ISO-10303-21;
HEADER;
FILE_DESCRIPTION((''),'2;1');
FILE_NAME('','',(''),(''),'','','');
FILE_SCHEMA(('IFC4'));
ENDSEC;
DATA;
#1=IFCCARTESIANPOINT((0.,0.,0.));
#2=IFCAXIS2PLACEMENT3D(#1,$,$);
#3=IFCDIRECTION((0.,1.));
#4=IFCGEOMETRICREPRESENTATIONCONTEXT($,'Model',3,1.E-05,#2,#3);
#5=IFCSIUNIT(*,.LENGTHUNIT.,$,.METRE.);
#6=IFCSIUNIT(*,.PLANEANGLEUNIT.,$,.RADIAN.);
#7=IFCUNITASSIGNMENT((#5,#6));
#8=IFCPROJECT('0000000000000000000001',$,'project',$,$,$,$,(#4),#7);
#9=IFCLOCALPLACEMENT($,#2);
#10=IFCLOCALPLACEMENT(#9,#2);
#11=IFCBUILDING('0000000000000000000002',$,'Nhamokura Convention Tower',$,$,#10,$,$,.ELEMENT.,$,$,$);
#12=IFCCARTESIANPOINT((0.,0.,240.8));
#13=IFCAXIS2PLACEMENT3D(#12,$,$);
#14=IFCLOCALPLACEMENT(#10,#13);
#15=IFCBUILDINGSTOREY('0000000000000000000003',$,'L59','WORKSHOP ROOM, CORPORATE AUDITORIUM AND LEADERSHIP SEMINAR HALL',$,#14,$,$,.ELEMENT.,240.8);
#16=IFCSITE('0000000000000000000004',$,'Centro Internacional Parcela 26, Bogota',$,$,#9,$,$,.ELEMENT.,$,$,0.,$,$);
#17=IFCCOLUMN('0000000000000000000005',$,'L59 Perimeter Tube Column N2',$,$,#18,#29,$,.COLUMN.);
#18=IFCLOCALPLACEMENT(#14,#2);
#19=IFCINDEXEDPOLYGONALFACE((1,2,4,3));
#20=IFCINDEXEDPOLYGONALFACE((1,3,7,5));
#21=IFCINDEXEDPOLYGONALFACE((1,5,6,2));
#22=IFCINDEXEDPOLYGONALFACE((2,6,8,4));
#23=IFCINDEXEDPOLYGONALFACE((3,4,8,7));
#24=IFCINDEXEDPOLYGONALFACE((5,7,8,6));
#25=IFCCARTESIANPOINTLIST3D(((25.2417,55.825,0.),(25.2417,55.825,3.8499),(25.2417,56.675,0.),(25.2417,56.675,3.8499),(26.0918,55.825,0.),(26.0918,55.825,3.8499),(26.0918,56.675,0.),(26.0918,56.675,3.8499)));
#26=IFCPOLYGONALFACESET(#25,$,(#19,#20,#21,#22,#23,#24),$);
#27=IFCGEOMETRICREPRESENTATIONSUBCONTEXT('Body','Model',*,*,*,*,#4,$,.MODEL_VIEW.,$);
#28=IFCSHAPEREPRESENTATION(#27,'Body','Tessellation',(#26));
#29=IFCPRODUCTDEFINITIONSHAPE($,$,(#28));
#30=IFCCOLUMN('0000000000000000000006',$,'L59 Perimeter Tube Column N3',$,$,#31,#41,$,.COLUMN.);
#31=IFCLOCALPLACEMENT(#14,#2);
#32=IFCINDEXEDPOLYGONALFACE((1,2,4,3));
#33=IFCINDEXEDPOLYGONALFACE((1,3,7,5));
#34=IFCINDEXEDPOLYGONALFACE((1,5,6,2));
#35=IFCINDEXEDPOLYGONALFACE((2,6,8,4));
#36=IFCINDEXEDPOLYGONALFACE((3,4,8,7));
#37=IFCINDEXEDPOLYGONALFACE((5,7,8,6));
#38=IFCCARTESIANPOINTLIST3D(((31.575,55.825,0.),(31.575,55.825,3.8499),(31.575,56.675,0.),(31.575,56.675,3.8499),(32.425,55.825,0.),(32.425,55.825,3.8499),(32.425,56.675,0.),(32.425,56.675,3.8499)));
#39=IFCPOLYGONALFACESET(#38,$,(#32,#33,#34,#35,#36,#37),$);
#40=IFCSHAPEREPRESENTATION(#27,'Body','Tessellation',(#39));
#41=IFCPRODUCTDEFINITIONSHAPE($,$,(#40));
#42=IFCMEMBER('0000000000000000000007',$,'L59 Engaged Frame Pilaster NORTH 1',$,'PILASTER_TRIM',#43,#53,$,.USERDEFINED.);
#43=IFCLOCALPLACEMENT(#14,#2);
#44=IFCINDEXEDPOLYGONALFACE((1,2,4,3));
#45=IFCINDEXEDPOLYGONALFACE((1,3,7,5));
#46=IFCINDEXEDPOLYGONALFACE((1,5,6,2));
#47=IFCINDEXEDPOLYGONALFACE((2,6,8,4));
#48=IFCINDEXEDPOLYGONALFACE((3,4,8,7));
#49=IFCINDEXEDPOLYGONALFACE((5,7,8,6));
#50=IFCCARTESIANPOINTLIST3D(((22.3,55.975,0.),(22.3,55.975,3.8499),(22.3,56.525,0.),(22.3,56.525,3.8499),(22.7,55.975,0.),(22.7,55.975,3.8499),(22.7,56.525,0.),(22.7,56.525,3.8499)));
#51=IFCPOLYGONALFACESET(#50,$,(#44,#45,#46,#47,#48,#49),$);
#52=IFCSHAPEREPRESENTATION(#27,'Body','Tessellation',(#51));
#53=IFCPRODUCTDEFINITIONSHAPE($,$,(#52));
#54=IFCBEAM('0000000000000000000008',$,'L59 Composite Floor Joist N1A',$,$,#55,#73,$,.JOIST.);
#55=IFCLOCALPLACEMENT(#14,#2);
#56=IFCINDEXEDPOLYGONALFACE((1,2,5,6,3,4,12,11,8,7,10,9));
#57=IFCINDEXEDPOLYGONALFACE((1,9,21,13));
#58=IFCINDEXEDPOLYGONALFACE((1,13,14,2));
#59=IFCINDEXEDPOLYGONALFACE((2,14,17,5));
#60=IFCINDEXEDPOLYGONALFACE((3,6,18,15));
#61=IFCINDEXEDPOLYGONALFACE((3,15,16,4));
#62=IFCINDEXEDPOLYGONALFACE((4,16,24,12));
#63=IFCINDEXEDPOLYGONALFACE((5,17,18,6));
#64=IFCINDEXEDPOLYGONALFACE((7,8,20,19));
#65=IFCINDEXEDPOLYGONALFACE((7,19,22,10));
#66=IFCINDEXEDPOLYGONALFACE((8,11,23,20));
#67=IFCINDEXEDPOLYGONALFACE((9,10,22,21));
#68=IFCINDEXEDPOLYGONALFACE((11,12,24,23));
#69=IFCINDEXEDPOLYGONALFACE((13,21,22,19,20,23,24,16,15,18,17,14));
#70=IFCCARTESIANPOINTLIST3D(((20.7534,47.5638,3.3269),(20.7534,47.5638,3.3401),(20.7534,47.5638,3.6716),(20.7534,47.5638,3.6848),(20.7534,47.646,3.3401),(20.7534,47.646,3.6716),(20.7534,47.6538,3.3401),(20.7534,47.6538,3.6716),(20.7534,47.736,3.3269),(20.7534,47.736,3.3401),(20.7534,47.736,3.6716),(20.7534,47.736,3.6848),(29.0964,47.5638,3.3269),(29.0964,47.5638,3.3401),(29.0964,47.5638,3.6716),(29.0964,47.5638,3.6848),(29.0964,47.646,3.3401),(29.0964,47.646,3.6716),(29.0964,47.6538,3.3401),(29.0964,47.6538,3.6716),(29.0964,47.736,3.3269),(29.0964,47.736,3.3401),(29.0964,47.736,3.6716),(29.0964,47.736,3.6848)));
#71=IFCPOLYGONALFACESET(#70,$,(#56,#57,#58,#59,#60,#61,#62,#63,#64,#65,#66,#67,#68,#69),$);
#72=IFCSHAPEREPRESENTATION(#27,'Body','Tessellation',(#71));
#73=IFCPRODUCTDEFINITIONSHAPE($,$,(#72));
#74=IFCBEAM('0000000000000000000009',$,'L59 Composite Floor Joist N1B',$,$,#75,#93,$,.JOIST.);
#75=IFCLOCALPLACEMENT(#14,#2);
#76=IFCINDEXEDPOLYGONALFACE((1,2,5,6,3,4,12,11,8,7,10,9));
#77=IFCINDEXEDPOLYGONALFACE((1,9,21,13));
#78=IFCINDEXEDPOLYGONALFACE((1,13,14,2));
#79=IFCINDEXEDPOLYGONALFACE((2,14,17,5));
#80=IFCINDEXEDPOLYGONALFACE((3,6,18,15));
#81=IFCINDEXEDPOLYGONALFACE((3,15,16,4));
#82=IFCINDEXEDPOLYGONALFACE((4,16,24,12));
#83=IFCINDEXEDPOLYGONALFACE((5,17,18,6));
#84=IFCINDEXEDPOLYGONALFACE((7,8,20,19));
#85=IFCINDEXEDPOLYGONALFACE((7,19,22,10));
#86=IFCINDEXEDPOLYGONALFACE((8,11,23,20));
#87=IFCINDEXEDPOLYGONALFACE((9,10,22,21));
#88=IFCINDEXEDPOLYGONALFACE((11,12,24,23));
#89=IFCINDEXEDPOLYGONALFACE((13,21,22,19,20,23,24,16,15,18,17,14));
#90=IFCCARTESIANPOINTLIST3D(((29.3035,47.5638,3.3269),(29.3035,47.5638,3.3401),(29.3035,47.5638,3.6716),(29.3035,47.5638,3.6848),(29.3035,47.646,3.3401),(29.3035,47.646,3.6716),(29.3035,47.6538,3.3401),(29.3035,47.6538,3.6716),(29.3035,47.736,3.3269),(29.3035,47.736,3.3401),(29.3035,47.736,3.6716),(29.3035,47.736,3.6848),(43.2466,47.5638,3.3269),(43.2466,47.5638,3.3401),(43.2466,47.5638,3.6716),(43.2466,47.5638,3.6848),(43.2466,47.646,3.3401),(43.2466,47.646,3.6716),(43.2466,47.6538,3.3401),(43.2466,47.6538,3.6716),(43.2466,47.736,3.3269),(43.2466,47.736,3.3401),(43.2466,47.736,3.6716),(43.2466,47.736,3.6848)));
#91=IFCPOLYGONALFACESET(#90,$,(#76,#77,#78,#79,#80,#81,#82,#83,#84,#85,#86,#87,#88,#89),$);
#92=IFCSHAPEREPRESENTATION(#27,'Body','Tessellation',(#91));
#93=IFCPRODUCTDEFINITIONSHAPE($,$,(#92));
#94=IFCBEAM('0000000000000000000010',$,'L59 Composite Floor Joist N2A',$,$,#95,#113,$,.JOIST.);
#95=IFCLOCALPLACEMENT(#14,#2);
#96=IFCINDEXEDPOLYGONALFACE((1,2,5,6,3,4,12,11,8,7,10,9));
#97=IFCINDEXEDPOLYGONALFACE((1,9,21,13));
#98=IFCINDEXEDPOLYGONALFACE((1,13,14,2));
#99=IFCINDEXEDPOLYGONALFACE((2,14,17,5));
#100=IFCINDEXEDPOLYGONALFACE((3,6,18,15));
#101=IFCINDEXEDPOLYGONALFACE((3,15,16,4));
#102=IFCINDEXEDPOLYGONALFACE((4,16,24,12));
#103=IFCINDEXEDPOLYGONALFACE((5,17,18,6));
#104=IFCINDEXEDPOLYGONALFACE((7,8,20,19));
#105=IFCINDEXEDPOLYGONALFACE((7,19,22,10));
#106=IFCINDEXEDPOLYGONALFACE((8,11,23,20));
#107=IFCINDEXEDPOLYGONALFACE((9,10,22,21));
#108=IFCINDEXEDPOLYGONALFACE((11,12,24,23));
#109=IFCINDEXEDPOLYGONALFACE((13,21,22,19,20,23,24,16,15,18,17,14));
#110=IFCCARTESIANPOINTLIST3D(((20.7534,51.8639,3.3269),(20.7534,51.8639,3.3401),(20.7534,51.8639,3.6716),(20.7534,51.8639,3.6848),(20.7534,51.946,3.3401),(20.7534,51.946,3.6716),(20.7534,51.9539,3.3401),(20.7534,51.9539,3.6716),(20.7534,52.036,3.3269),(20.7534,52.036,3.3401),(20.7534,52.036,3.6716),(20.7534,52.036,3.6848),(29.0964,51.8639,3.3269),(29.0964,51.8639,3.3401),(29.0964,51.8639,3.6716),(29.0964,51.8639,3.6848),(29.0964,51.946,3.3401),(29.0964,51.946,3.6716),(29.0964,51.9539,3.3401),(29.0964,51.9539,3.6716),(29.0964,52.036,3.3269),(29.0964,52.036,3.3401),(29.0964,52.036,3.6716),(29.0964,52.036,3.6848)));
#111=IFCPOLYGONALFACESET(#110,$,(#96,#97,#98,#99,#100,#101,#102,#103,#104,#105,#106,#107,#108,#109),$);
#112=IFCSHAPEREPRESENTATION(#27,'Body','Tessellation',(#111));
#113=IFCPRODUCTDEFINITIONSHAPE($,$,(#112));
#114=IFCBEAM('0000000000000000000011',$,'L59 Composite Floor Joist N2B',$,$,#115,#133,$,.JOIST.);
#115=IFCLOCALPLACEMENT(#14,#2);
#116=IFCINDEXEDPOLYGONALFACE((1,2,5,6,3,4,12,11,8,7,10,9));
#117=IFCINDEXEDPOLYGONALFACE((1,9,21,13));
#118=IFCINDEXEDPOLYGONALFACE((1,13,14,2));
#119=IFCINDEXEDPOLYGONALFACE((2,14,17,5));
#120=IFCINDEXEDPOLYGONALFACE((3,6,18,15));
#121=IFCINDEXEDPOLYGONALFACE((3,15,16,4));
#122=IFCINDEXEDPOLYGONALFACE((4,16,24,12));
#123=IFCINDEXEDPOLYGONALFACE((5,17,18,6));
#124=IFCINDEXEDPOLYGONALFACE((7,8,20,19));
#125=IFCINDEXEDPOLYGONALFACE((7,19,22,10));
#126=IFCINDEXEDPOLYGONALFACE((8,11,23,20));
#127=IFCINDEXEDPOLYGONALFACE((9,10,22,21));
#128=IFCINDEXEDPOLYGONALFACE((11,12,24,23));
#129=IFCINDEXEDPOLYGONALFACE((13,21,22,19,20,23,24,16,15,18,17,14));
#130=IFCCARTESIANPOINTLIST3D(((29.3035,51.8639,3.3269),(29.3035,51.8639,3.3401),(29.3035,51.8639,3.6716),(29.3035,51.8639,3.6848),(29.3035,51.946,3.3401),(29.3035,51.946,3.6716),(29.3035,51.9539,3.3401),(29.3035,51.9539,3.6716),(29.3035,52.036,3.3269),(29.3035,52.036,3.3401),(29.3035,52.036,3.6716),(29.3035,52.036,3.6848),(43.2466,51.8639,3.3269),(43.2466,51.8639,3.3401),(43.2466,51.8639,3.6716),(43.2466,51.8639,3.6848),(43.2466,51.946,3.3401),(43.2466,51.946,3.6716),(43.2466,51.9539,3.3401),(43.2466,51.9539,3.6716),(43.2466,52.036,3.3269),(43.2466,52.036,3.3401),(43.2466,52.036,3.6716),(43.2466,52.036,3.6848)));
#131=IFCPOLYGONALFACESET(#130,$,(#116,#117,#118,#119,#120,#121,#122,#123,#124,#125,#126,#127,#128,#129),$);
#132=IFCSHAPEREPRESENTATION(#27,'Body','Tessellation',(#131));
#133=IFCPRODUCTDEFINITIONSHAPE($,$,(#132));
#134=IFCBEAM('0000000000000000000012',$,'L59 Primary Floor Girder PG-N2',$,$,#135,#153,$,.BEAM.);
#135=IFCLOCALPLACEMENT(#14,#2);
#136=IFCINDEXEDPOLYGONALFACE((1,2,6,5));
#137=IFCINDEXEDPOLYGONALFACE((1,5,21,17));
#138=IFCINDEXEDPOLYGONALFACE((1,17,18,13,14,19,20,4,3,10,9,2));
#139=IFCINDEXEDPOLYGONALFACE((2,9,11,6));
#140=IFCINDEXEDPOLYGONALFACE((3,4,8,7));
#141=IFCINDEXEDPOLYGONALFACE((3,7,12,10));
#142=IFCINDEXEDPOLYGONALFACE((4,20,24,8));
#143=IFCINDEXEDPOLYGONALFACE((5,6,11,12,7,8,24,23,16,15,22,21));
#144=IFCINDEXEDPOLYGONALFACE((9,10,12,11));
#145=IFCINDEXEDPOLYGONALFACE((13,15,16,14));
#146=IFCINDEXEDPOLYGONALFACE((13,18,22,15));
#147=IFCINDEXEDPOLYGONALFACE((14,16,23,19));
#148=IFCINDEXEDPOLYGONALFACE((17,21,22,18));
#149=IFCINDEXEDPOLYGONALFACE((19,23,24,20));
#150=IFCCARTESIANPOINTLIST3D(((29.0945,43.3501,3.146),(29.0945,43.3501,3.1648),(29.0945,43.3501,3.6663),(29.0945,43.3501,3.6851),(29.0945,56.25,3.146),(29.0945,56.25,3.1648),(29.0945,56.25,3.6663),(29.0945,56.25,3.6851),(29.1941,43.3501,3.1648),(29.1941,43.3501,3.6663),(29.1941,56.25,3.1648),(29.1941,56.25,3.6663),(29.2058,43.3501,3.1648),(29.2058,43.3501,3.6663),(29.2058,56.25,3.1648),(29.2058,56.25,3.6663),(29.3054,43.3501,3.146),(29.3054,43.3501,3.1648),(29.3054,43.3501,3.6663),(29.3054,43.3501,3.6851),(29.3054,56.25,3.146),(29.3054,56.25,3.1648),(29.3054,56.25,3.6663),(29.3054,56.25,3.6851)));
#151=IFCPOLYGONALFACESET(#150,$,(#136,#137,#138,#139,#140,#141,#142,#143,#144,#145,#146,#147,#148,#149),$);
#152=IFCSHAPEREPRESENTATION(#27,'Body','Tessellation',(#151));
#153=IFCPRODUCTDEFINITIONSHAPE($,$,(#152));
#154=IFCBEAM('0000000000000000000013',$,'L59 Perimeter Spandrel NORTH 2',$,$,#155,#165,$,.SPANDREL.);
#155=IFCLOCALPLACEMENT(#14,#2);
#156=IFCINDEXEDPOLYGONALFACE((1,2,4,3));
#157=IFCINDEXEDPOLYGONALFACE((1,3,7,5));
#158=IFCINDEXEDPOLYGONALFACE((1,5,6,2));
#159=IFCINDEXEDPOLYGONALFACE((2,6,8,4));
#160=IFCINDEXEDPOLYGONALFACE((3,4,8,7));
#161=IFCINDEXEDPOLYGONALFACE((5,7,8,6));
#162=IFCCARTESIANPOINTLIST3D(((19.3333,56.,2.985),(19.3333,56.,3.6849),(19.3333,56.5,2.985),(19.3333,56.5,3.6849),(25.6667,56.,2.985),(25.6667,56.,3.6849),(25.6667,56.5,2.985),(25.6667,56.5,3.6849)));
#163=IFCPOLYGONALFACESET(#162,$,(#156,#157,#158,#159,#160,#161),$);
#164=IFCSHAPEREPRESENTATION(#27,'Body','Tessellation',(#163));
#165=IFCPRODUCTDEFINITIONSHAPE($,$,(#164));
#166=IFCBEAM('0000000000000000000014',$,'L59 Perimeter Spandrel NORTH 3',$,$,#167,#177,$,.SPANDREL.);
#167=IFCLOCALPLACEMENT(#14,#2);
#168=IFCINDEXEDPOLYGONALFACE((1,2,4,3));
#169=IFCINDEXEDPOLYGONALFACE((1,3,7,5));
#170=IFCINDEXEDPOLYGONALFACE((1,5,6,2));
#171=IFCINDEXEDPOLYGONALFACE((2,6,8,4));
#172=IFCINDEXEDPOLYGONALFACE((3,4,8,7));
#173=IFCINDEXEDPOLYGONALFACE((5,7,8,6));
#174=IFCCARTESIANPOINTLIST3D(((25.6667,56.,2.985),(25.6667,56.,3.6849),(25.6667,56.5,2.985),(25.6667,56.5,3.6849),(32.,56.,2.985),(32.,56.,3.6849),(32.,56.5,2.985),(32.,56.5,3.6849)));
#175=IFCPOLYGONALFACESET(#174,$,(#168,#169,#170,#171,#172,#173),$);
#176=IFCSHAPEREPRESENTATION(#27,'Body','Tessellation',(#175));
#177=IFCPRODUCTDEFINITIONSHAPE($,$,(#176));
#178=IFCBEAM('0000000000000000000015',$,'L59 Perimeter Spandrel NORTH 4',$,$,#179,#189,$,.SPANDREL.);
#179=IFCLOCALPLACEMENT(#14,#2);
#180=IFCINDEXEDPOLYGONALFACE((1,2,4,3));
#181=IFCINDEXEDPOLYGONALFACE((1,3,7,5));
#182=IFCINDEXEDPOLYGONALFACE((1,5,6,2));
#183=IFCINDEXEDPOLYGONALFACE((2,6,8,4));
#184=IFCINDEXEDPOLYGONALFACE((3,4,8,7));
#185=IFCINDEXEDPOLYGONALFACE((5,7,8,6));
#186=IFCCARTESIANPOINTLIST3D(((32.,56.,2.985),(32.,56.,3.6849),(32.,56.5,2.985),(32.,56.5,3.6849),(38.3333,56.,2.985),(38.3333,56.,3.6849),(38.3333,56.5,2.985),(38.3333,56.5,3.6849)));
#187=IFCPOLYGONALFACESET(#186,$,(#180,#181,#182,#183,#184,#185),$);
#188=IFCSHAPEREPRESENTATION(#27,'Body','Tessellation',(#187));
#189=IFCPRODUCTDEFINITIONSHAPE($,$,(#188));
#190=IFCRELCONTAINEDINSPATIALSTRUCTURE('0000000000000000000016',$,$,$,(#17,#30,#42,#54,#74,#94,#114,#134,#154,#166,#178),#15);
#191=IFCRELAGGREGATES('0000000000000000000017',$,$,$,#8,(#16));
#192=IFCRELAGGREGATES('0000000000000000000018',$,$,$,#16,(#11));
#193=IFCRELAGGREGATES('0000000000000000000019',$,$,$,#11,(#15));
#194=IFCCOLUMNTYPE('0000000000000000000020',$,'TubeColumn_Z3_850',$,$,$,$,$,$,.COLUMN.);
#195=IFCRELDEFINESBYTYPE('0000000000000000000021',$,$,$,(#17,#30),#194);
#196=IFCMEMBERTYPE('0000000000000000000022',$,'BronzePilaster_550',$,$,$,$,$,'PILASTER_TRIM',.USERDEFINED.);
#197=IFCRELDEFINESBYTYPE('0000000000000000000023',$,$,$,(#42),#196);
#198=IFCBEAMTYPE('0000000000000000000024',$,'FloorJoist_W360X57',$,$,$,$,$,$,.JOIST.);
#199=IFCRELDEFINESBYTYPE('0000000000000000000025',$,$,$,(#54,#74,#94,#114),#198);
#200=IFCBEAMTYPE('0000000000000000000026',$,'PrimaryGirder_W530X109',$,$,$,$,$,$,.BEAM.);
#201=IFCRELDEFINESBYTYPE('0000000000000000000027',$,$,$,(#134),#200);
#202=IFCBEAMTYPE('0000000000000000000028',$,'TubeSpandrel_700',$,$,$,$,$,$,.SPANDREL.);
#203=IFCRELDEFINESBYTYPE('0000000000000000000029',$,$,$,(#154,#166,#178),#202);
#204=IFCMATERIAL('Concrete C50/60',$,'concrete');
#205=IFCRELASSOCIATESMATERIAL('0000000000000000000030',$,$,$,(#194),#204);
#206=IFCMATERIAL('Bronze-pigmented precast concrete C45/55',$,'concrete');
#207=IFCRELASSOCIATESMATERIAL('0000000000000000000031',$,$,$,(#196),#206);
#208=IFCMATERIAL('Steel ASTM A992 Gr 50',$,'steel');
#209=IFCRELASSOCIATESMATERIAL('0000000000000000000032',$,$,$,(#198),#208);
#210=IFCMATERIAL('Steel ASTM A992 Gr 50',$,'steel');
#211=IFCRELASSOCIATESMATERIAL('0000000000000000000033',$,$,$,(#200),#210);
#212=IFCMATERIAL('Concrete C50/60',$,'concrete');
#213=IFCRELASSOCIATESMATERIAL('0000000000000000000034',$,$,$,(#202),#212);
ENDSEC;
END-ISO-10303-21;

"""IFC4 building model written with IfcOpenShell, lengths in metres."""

from ifc_helpers import new_model, si_unit, direction, frame, origin, origin_2d, place, context, subcontext, project, spatial, rectangle, i_section, extrude, material, material_profile, profile_set, type_object, element, save


model = new_model("IFC4")

# Units and contexts
model_context = context("Model", 3, precision=1e-05, world=origin(), true_north=direction((0.0, 1.0)))
body_context = subcontext(model_context, "Body", "Model", "MODEL_VIEW")
ifc_project = project(units=[si_unit("LENGTHUNIT", "METRE"), si_unit("PLANEANGLEUNIT", "RADIAN")], contexts=[model_context])

# Site, building, storey
site_placement = place(None, origin())
site = spatial("IfcSite", under=ifc_project, at=site_placement, Name="Centro Internacional Parcela 26, Bogota", CompositionType="ELEMENT", RefElevation=0.0)
building_placement = place(site_placement, origin())
building = spatial("IfcBuilding", under=site, at=building_placement, Name="Nhamokura Convention Tower", CompositionType="ELEMENT")
storey_placement = place(building_placement, frame((0.0, 0.0, 240.8)))
storey = spatial("IfcBuildingStorey", under=building, at=storey_placement, Name="L59", Description="WORKSHOP ROOM, CORPORATE AUDITORIUM AND LEADERSHIP SEMINAR HALL", CompositionType="ELEMENT", Elevation=240.8)

# Columns
ifc_material_1 = material(Name="Concrete C50/60", Category="concrete")
ifc_material_profile_1 = material_profile(ifc_material_1, rectangle(XDim=0.8501, YDim=0.8501, at=origin_2d()))
ifc_profile_set_1 = profile_set([ifc_material_profile_1], Name="Concrete C50/60")
column_type = type_object("IfcColumnType", Name="TubeColumn_Z3_850", PredefinedType="COLUMN", material=ifc_profile_set_1)
for number, where, z_axis, x_axis, name in (
    (1, (25.6667, 56.25, 0.0), (0.0, 0.0, 1.0), (1.0, 0.0, 0.0), "L59 Perimeter Tube Column N2"),
    (2, (32.0, 56.25, 0.0), (0.0, 0.0, 1.0), (1.0, 0.0, 0.0), "L59 Perimeter Tube Column N3"),
):
    element("IfcColumn", number, at=place(storey_placement, frame(where, z_axis=z_axis, x_axis=x_axis)), inside=storey, type_object=column_type, Name=name, PredefinedType="COLUMN", context=body_context, shape_type="SweptSolid", body=[
        extrude(rectangle(XDim=0.8501, YDim=0.8501, at=origin_2d()), origin(), (0.0, 0.0, 1.0), 3.8499),
    ])

# Member
ifc_material_2 = material(Name="Bronze-pigmented precast concrete C45/55", Category="concrete")
ifc_material_profile_2 = material_profile(ifc_material_2, rectangle(XDim=0.3999, YDim=0.55, at=origin_2d()))
ifc_profile_set_2 = profile_set([ifc_material_profile_2], Name="Bronze-pigmented precast concrete C45/55")
member_type = type_object("IfcMemberType", Name="BronzePilaster_550", ElementType="PILASTER_TRIM", PredefinedType="USERDEFINED", material=ifc_profile_set_2)
member_placement = place(storey_placement, frame((22.5, 56.25, 0.0), z_axis=(0.0, 0.0, 1.0), x_axis=(1.0, 0.0, 0.0)))
element("IfcMember", 3, at=member_placement, inside=storey, type_object=member_type, Name="L59 Engaged Frame Pilaster NORTH 1", ObjectType="PILASTER_TRIM", PredefinedType="USERDEFINED", context=body_context, shape_type="SweptSolid", body=[
    extrude(rectangle(XDim=0.3999, YDim=0.55, at=origin_2d()), origin(), (0.0, 0.0, 1.0), 3.8499),
])

# Beams
ifc_material_3 = material(Name="Steel ASTM A992 Gr 50", Category="steel")
ifc_material_profile_3 = material_profile(ifc_material_3, i_section(OverallWidth=0.1721, OverallDepth=0.3579, WebThickness=0.0078, FlangeThickness=0.0132, at=origin_2d()))
ifc_profile_set_3 = profile_set([ifc_material_profile_3], Name="Steel ASTM A992 Gr 50")
beam_type_1 = type_object("IfcBeamType", Name="FloorJoist_W360X57", PredefinedType="JOIST", material=ifc_profile_set_3)
beam_1_placement = place(storey_placement, frame((20.7534, 47.6499, 3.5059), z_axis=(1.0, 0.0, 0.0), x_axis=(0.0, 1.0, 0.0)))
element("IfcBeam", 4, at=beam_1_placement, inside=storey, type_object=beam_type_1, Name="L59 Composite Floor Joist N1A", PredefinedType="JOIST", context=body_context, shape_type="SweptSolid", body=[
    extrude(i_section(OverallWidth=0.1721, OverallDepth=0.3579, WebThickness=0.0078, FlangeThickness=0.0132, at=origin_2d()), origin(), (0.0, 0.0, 1.0), 8.343),
])
beam_2_placement = place(storey_placement, frame((29.3035, 47.6499, 3.5059), z_axis=(1.0, 0.0, 0.0), x_axis=(0.0, 1.0, 0.0)))
element("IfcBeam", 5, at=beam_2_placement, inside=storey, type_object=beam_type_1, Name="L59 Composite Floor Joist N1B", PredefinedType="JOIST", context=body_context, shape_type="SweptSolid", body=[
    extrude(i_section(OverallWidth=0.1721, OverallDepth=0.3579, WebThickness=0.0078, FlangeThickness=0.0132, at=origin_2d()), origin(), (0.0, 0.0, 1.0), 13.9431),
])
beam_3_placement = place(storey_placement, frame((20.7534, 51.95, 3.5059), z_axis=(1.0, 0.0, 0.0), x_axis=(0.0, 1.0, 0.0)))
element("IfcBeam", 6, at=beam_3_placement, inside=storey, type_object=beam_type_1, Name="L59 Composite Floor Joist N2A", PredefinedType="JOIST", context=body_context, shape_type="SweptSolid", body=[
    extrude(i_section(OverallWidth=0.1721, OverallDepth=0.3579, WebThickness=0.0078, FlangeThickness=0.0132, at=origin_2d()), origin(), (0.0, 0.0, 1.0), 8.343),
])
beam_4_placement = place(storey_placement, frame((29.3035, 51.95, 3.5059), z_axis=(1.0, 0.0, 0.0), x_axis=(0.0, 1.0, 0.0)))
element("IfcBeam", 7, at=beam_4_placement, inside=storey, type_object=beam_type_1, Name="L59 Composite Floor Joist N2B", PredefinedType="JOIST", context=body_context, shape_type="SweptSolid", body=[
    extrude(i_section(OverallWidth=0.1721, OverallDepth=0.3579, WebThickness=0.0078, FlangeThickness=0.0132, at=origin_2d()), origin(), (0.0, 0.0, 1.0), 13.9431),
])
ifc_material_4 = material(Name="Steel ASTM A992 Gr 50", Category="steel")
ifc_material_profile_4 = material_profile(ifc_material_4, i_section(OverallWidth=0.2109, OverallDepth=0.5391, WebThickness=0.0117, FlangeThickness=0.0188, at=origin_2d()))
ifc_profile_set_4 = profile_set([ifc_material_profile_4], Name="Steel ASTM A992 Gr 50")
beam_type_2 = type_object("IfcBeamType", Name="PrimaryGirder_W530X109", PredefinedType="BEAM", material=ifc_profile_set_4)
beam_5_placement = place(storey_placement, frame((29.2, 43.3501, 3.4155), z_axis=(0.0, 1.0, 0.0), x_axis=(-1.0, 0.0, 0.0)))
element("IfcBeam", 8, at=beam_5_placement, inside=storey, type_object=beam_type_2, Name="L59 Primary Floor Girder PG-N2", PredefinedType="BEAM", context=body_context, shape_type="SweptSolid", body=[
    extrude(i_section(OverallWidth=0.2109, OverallDepth=0.5391, WebThickness=0.0117, FlangeThickness=0.0188, at=origin_2d()), origin(), (0.0, 0.0, 1.0), 12.8999),
])
ifc_material_5 = material(Name="Concrete C50/60", Category="concrete")
ifc_material_profile_5 = material_profile(ifc_material_5, rectangle(XDim=0.5, YDim=0.7, at=origin_2d()))
ifc_profile_set_5 = profile_set([ifc_material_profile_5], Name="Concrete C50/60")
beam_type_3 = type_object("IfcBeamType", Name="TubeSpandrel_700", PredefinedType="SPANDREL", material=ifc_profile_set_5)
beam_6_placement = place(storey_placement, frame((19.3333, 56.25, 3.335), z_axis=(1.0, 0.0, 0.0), x_axis=(0.0, 1.0, 0.0)))
element("IfcBeam", 9, at=beam_6_placement, inside=storey, type_object=beam_type_3, Name="L59 Perimeter Spandrel NORTH 2", PredefinedType="SPANDREL", context=body_context, shape_type="SweptSolid", body=[
    extrude(rectangle(XDim=0.5, YDim=0.7, at=origin_2d()), origin(), (0.0, 0.0, 1.0), 6.3335),
])
for number, where, z_axis, x_axis, name in (
    (10, (25.6667, 56.25, 3.335), (1.0, 0.0, 0.0), (0.0, 1.0, 0.0), "L59 Perimeter Spandrel NORTH 3"),
    (11, (32.0, 56.25, 3.335), (1.0, 0.0, 0.0), (0.0, 1.0, 0.0), "L59 Perimeter Spandrel NORTH 4"),
):
    element("IfcBeam", number, at=place(storey_placement, frame(where, z_axis=z_axis, x_axis=x_axis)), inside=storey, type_object=beam_type_3, Name=name, PredefinedType="SPANDREL", context=body_context, shape_type="SweptSolid", body=[
        extrude(rectangle(XDim=0.5, YDim=0.7, at=origin_2d()), origin(), (0.0, 0.0, 1.0), 6.3333),
    ])

save(model, "model.ifc")
